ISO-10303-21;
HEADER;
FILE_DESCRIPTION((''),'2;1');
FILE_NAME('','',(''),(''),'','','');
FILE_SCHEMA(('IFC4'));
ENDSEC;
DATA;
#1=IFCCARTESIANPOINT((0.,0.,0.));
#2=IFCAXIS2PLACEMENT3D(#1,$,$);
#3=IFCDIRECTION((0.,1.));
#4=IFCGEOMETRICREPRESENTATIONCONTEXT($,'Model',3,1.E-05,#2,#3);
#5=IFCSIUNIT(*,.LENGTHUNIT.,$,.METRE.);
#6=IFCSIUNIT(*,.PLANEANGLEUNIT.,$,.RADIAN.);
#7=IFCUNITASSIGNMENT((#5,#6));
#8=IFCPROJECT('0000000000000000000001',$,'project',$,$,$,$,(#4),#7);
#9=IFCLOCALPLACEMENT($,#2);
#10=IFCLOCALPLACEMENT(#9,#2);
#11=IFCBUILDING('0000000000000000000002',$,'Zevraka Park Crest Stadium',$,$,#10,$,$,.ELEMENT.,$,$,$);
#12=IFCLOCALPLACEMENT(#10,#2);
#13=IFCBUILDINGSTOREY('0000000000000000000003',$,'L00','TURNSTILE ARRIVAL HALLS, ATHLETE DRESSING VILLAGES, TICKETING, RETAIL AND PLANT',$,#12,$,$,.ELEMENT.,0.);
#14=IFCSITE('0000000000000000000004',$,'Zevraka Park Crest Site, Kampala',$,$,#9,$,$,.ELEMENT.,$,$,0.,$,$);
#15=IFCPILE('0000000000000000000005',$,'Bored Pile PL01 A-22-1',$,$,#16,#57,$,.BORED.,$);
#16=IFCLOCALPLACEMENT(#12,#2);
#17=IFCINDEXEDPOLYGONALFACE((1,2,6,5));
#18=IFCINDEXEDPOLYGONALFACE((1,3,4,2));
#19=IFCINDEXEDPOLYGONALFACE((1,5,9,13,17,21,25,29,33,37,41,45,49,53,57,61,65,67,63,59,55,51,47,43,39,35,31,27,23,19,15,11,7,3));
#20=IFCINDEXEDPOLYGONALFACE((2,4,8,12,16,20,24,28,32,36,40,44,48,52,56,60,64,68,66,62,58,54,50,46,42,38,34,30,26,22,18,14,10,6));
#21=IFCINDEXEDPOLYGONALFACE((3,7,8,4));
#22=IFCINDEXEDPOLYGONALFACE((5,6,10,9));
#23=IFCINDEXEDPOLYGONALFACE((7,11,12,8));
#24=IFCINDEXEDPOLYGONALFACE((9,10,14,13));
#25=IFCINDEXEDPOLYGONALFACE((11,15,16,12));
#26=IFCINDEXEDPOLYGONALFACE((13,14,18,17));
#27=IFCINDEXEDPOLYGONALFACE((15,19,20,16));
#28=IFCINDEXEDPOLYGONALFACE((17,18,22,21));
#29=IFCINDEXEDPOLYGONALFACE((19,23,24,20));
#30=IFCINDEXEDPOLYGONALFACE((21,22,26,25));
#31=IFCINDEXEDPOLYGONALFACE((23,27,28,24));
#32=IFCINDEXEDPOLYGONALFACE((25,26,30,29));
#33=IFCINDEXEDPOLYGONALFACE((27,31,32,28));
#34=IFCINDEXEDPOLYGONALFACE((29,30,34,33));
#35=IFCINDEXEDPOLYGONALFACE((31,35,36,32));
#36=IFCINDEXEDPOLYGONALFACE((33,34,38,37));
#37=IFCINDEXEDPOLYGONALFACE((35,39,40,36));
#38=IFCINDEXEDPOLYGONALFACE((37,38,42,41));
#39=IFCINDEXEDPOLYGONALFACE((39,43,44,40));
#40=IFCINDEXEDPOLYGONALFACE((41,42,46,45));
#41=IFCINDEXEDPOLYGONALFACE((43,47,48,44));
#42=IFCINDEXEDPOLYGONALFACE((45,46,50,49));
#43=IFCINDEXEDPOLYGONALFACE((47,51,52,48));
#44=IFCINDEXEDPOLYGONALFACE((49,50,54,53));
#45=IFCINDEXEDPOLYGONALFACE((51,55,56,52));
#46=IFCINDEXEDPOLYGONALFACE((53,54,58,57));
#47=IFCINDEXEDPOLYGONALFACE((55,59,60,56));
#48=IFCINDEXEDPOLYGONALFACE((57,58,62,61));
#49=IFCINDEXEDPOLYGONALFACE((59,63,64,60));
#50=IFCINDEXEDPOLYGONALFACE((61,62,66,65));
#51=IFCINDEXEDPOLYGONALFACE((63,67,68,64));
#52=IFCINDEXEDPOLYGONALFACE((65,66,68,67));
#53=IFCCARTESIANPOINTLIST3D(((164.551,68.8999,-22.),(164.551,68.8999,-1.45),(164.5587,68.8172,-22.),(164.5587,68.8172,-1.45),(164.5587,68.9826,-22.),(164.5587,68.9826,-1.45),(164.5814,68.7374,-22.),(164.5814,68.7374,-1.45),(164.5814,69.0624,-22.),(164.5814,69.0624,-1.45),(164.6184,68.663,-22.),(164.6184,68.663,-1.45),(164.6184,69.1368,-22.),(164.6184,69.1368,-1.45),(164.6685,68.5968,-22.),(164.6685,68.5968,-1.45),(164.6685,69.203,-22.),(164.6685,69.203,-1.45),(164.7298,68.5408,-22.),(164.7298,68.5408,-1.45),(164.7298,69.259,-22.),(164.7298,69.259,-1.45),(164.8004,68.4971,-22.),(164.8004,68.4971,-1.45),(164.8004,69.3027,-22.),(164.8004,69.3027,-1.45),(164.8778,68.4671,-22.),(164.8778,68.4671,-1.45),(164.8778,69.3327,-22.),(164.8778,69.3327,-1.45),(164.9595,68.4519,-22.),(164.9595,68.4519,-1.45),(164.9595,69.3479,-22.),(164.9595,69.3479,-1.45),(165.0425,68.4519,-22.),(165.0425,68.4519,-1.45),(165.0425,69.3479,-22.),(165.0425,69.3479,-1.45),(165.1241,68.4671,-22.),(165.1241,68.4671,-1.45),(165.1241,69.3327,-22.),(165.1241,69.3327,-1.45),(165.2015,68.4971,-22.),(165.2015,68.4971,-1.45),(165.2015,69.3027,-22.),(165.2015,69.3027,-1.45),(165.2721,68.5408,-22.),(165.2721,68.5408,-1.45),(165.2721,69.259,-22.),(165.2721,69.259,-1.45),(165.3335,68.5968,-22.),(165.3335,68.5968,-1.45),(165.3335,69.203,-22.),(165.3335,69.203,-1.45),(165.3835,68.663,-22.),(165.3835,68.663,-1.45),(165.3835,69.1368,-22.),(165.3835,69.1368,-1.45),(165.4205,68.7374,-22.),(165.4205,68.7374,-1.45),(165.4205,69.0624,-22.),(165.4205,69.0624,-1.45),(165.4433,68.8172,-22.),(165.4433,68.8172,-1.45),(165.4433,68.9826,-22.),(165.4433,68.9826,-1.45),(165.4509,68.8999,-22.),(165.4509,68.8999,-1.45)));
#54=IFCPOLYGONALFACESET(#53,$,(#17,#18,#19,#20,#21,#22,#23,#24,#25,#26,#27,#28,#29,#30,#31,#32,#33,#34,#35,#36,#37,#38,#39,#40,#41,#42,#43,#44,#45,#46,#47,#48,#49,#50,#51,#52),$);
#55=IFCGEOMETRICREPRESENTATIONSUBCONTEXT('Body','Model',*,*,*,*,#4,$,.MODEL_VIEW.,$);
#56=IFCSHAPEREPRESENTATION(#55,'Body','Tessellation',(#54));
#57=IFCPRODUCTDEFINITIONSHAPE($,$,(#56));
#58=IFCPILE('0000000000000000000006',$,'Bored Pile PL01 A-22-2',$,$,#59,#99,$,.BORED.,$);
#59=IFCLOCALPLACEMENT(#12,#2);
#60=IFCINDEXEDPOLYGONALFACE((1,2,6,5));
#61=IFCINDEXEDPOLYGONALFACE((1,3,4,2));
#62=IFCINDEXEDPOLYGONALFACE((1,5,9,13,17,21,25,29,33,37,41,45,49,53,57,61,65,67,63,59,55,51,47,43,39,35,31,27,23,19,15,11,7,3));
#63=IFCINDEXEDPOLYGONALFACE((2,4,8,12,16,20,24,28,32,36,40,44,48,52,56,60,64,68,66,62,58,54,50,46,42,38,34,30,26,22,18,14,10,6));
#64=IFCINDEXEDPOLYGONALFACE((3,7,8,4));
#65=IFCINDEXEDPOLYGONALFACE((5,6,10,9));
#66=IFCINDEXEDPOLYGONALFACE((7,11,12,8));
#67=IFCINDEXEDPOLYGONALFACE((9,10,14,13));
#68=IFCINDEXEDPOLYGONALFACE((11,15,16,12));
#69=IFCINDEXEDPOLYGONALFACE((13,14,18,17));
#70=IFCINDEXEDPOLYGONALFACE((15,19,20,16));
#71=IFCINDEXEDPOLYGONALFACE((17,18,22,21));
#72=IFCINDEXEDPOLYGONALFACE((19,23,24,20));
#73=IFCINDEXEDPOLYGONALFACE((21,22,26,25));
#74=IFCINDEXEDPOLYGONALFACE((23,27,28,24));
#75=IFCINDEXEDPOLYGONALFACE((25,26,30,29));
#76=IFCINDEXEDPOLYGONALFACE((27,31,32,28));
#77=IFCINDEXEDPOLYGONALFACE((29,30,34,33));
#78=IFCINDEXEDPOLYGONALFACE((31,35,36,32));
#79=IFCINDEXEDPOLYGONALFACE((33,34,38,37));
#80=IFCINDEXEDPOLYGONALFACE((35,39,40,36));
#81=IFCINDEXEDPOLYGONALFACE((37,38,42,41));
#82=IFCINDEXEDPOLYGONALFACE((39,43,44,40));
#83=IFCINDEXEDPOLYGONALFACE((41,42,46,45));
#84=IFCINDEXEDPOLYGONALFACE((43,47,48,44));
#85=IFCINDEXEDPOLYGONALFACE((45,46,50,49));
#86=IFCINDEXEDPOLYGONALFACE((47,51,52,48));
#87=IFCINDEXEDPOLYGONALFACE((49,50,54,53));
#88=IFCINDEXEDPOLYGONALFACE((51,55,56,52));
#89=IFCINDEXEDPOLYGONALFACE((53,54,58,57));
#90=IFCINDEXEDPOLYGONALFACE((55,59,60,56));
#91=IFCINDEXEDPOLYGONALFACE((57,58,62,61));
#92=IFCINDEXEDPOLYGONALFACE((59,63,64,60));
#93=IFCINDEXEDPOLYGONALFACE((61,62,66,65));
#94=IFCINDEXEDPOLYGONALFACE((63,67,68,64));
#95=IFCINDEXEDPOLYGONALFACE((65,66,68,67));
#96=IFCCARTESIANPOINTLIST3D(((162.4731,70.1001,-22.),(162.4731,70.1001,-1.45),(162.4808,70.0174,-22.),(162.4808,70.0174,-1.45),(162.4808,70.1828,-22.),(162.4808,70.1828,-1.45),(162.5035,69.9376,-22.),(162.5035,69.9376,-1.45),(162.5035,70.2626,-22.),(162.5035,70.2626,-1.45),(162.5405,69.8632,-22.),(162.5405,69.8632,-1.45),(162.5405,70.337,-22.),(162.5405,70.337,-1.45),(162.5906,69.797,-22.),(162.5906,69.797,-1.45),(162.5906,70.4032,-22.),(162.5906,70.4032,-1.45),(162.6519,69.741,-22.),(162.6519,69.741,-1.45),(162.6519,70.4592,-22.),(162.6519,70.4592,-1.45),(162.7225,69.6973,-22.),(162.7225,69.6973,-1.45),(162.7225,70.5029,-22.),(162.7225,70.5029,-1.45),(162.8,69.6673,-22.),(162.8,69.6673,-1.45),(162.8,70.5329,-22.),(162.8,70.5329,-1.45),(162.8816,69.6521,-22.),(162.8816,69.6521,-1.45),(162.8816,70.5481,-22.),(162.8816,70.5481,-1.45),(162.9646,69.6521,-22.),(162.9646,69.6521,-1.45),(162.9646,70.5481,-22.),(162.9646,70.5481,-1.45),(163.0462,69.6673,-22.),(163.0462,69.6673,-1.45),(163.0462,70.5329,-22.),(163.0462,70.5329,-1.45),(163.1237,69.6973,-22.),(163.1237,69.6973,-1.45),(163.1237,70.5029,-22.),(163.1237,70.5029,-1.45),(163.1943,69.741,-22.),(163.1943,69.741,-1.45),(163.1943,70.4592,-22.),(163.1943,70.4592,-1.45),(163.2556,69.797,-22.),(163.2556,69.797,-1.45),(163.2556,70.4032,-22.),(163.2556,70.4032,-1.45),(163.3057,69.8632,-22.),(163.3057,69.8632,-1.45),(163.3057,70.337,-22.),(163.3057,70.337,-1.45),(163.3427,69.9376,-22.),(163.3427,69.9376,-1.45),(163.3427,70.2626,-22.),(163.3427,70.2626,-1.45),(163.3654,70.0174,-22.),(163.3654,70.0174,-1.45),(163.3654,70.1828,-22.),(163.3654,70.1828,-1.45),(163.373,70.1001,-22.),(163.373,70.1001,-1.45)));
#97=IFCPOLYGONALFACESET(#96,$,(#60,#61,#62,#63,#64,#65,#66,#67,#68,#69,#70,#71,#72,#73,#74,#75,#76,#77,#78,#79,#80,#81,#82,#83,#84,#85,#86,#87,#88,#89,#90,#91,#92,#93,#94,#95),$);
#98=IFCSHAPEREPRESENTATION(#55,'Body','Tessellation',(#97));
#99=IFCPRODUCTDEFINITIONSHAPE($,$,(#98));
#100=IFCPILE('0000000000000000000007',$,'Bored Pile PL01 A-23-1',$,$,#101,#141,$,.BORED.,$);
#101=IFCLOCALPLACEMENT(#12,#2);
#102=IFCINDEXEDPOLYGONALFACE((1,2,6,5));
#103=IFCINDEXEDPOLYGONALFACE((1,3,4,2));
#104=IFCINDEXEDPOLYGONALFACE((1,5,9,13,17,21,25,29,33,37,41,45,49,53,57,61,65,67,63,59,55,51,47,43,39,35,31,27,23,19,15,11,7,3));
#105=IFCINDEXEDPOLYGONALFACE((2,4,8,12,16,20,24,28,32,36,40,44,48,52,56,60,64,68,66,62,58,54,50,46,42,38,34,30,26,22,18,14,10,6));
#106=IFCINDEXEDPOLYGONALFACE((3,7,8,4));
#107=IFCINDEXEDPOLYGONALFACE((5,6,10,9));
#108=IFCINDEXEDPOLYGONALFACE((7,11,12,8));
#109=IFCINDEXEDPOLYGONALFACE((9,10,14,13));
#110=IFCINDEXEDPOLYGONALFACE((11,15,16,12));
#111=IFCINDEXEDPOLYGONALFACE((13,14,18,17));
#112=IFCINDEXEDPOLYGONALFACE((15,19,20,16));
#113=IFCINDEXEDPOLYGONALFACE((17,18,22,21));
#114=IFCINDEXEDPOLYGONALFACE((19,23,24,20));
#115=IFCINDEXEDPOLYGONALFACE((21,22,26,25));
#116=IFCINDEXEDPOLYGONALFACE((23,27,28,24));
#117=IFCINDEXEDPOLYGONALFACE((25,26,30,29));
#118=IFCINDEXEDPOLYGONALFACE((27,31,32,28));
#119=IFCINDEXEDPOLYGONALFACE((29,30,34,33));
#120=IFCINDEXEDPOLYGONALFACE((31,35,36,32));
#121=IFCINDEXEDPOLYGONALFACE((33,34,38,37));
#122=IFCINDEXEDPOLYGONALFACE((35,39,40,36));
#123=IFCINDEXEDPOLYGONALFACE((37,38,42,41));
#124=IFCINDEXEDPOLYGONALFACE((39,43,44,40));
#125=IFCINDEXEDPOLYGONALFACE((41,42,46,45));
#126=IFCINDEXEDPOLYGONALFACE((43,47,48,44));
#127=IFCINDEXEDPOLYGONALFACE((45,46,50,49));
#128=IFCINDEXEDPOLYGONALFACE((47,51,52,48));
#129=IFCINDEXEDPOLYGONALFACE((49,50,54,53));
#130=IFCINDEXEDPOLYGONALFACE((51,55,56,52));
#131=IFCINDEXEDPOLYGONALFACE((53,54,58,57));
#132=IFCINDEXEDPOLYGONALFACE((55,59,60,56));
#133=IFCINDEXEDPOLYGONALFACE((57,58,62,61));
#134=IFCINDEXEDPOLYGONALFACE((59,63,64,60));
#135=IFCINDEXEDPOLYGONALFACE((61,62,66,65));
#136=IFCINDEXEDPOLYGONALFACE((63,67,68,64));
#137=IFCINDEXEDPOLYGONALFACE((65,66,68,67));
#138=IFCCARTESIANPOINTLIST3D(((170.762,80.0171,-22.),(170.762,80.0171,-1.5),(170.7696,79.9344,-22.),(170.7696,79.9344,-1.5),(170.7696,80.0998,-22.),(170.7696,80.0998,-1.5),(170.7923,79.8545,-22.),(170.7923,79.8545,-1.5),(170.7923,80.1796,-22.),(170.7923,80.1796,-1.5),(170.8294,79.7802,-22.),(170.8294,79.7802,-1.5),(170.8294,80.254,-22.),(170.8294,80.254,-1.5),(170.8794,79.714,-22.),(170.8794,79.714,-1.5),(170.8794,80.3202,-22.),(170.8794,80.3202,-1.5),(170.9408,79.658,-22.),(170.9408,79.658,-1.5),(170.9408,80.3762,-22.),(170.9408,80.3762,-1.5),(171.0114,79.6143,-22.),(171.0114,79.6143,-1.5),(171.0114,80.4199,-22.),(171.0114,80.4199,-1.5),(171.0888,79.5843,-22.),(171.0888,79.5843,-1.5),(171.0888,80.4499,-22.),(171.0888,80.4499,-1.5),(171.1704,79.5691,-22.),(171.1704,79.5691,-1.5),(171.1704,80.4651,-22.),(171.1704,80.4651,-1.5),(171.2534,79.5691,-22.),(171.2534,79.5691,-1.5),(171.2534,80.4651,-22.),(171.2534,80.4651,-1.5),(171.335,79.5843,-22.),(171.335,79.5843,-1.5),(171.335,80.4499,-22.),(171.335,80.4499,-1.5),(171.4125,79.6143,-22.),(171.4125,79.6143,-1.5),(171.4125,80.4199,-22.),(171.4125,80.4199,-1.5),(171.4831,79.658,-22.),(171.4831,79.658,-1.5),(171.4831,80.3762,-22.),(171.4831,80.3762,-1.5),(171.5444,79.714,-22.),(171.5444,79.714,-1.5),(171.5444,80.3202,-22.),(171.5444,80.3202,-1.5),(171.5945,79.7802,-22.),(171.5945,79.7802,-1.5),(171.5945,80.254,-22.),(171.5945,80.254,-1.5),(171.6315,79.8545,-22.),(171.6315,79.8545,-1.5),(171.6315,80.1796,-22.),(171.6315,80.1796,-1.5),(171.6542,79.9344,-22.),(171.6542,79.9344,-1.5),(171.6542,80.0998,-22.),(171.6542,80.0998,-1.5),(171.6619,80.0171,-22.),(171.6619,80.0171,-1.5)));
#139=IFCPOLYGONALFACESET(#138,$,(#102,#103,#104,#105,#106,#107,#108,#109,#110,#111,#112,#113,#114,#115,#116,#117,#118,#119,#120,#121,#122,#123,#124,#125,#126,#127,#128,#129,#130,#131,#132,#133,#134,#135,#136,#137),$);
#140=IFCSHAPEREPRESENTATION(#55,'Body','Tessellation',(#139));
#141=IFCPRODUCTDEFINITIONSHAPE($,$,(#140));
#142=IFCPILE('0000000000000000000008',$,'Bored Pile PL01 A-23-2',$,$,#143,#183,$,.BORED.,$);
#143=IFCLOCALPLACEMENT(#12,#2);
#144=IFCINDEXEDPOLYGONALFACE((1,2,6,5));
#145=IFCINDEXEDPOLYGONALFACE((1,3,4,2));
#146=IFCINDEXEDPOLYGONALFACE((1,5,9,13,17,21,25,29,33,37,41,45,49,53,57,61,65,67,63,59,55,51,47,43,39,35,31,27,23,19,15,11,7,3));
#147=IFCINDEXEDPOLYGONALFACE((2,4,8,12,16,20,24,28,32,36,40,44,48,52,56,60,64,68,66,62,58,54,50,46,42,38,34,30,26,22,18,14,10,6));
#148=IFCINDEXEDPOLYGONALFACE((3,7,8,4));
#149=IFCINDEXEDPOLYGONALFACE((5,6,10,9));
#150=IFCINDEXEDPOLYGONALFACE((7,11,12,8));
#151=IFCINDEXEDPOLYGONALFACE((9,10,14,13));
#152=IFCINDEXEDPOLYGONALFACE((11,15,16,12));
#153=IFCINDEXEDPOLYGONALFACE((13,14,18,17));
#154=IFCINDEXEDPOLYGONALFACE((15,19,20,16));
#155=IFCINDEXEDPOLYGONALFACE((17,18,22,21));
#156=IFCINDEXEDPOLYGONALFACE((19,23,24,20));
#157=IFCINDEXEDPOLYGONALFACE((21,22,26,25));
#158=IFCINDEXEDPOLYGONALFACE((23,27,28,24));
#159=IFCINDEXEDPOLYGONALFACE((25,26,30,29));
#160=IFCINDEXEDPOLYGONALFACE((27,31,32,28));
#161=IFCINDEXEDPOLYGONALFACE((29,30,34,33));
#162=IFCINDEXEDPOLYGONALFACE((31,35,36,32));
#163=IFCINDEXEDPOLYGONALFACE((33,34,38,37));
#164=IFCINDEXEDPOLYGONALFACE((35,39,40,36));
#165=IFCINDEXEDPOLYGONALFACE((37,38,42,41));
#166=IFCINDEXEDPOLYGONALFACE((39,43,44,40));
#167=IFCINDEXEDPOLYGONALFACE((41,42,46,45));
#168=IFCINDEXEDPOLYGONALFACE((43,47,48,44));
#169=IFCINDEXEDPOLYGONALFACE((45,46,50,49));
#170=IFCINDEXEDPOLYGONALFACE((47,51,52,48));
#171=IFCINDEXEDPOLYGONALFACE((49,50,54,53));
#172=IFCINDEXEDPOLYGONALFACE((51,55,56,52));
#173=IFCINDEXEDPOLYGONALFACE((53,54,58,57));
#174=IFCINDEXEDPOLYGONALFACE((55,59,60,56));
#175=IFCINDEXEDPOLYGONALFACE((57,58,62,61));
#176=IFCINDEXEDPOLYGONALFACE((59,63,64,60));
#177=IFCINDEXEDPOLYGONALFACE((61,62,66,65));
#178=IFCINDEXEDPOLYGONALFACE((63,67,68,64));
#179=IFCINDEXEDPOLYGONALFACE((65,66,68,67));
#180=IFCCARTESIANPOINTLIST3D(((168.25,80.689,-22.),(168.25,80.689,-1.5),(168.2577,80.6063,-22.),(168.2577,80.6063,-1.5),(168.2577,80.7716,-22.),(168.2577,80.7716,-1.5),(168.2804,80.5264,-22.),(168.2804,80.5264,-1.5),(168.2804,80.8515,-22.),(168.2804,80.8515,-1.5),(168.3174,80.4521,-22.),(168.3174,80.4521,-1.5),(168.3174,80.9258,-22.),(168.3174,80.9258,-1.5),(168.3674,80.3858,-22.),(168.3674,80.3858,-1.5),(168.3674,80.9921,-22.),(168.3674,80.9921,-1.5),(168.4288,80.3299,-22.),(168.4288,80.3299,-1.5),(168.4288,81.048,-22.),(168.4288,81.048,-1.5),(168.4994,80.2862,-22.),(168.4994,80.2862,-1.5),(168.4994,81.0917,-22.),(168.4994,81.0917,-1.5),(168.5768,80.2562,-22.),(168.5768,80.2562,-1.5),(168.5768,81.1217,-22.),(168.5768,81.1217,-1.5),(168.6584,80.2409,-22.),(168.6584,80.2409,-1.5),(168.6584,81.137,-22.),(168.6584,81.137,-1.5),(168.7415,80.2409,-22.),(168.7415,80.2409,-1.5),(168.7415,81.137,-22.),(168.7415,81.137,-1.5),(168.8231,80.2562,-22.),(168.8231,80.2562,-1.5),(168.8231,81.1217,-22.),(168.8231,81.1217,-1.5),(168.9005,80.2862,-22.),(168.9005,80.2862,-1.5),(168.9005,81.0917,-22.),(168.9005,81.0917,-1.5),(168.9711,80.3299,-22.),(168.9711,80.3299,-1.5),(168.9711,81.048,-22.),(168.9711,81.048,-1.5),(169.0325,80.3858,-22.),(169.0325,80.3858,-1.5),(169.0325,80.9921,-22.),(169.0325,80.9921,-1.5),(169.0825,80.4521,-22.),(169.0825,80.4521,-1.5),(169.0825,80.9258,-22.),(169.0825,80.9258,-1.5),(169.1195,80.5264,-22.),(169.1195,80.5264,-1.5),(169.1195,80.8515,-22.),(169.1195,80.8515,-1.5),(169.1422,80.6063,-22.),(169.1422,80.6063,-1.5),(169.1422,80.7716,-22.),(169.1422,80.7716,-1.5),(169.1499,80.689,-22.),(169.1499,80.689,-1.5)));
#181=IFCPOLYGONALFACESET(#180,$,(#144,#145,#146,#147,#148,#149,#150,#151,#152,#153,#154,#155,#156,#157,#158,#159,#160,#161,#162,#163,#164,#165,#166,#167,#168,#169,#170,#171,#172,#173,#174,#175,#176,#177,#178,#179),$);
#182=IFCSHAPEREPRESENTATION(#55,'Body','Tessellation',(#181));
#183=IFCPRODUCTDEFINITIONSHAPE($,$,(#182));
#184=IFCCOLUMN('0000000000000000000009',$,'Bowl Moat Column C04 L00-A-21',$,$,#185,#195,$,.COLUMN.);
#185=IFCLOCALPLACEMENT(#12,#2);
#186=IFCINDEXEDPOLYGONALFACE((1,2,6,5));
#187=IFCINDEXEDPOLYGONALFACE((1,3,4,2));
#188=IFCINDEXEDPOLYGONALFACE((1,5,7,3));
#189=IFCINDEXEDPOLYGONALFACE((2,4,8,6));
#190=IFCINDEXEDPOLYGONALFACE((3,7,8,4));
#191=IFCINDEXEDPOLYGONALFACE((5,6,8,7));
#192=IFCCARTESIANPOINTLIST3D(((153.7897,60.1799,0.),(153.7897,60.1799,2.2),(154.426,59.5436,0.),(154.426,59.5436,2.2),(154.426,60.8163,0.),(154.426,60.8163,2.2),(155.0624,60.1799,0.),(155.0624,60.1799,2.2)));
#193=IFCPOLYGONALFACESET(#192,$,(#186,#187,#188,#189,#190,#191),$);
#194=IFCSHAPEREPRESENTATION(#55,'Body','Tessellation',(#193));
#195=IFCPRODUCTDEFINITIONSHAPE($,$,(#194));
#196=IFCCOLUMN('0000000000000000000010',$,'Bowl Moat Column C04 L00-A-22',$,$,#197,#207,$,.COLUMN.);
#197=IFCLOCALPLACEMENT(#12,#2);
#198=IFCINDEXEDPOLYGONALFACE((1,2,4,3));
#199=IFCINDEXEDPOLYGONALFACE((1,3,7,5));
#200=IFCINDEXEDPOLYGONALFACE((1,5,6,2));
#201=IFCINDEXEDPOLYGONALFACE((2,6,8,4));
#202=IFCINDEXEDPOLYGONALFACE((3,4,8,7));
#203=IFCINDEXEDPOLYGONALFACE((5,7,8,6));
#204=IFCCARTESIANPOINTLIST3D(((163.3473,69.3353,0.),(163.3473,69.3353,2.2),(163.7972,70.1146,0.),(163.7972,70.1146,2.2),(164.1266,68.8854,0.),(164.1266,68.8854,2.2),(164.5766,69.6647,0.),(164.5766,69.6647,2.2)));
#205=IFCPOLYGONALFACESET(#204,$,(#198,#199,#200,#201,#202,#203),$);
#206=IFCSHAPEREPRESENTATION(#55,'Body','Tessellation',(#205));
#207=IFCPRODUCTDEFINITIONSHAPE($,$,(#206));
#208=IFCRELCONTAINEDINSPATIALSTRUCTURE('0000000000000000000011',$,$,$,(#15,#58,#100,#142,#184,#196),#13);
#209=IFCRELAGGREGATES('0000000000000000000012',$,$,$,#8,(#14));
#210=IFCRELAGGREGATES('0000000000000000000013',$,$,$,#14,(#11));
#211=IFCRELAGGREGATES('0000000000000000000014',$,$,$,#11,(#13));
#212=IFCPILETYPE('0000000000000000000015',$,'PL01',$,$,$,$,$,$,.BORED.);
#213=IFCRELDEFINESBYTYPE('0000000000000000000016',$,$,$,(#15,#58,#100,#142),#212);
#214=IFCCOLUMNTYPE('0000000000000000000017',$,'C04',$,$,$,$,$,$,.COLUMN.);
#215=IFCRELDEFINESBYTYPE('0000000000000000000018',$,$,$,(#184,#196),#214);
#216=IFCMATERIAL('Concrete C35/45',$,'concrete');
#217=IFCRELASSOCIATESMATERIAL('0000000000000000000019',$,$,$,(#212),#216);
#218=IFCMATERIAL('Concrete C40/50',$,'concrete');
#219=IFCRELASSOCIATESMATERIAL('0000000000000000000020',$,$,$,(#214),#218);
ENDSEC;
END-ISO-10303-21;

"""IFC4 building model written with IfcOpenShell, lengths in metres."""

from ifc_helpers import new_model, si_unit, direction, frame, origin, origin_2d, place, context, subcontext, project, spatial, rectangle, circle, extrude, material, material_profile, profile_set, type_object, element, save


model = new_model("IFC4")

# Units and contexts
model_context = context("Model", 3, precision=1e-05, world=origin(), true_north=direction((0.0, 1.0)))
body_context = subcontext(model_context, "Body", "Model", "MODEL_VIEW")
ifc_project = project(units=[si_unit("LENGTHUNIT", "METRE"), si_unit("PLANEANGLEUNIT", "RADIAN")], contexts=[model_context])

# Site, building, storey
site_placement = place(None, origin())
site = spatial("IfcSite", under=ifc_project, at=site_placement, Name="Zevraka Park Crest Site, Kampala", CompositionType="ELEMENT", RefElevation=0.0)
building_placement = place(site_placement, origin())
building = spatial("IfcBuilding", under=site, at=building_placement, Name="Zevraka Park Crest Stadium", CompositionType="ELEMENT")
storey_placement = place(building_placement, origin())
storey = spatial("IfcBuildingStorey", under=building, at=storey_placement, Name="L00", Description="TURNSTILE ARRIVAL HALLS, ATHLETE DRESSING VILLAGES, TICKETING, RETAIL AND PLANT", CompositionType="ELEMENT", Elevation=0.0)

# Piles
ifc_material_1 = material(Name="Concrete C35/45", Category="concrete")
ifc_material_profile_1 = material_profile(ifc_material_1, circle(Radius=0.45, at=origin_2d()), Name="PILE D900")
ifc_profile_set_1 = profile_set([ifc_material_profile_1], Name="Concrete C35/45")
pile_type = type_object("IfcPileType", Name="PL01", PredefinedType="BORED", material=ifc_profile_set_1)
for number, where, z_axis, x_axis, name in (
    (1, (165.001, 68.8999, -1.45), (0.0, 0.0, -1.0), (1.0, 0.0, 0.0), "Bored Pile PL01 A-22-1"),
    (2, (162.9231, 70.1001, -1.45), (0.0, 0.0, -1.0), (1.0, 0.0, 0.0), "Bored Pile PL01 A-22-2"),
):
    element("IfcPile", number, at=place(storey_placement, frame(where, z_axis=z_axis, x_axis=x_axis)), inside=storey, type_object=pile_type, Name=name, PredefinedType="BORED", context=body_context, shape_type="SweptSolid", body=[
        extrude(circle(Radius=0.45, at=origin_2d()), origin(), (0.0, 0.0, 1.0), 20.55),
    ])
for number, where, z_axis, x_axis, name in (
    (3, (171.2119, 80.0171, -1.5), (0.0, 0.0, -1.0), (1.0, 0.0, 0.0), "Bored Pile PL01 A-23-1"),
    (4, (168.7, 80.689, -1.5), (0.0, 0.0, -1.0), (1.0, 0.0, 0.0), "Bored Pile PL01 A-23-2"),
):
    element("IfcPile", number, at=place(storey_placement, frame(where, z_axis=z_axis, x_axis=x_axis)), inside=storey, type_object=pile_type, Name=name, PredefinedType="BORED", context=body_context, shape_type="SweptSolid", body=[
        extrude(circle(Radius=0.45, at=origin_2d()), origin(), (0.0, 0.0, 1.0), 20.5),
    ])

# Columns
ifc_material_2 = material(Name="Concrete C40/50", Category="concrete")
ifc_material_profile_2 = material_profile(ifc_material_2, rectangle(XDim=0.8999, YDim=0.8999, at=origin_2d()), Name="RC 900x900")
ifc_profile_set_2 = profile_set([ifc_material_profile_2], Name="Concrete C40/50")
column_type = type_object("IfcColumnType", Name="C04", PredefinedType="COLUMN", material=ifc_profile_set_2)
for number, where, z_axis, x_axis, name in (
    (5, (154.426, 60.1799, 0.0), (0.0, 0.0, 1.0), (-0.707107, 0.707107, 0.0), "Bowl Moat Column C04 L00-A-21"),
    (6, (163.9619, 69.5, 0.0), (0.0, 0.0, 1.0), (-0.866025, 0.5, 0.0), "Bowl Moat Column C04 L00-A-22"),
):
    element("IfcColumn", number, at=place(storey_placement, frame(where, z_axis=z_axis, x_axis=x_axis)), inside=storey, type_object=column_type, Name=name, PredefinedType="COLUMN", context=body_context, shape_type="SweptSolid", body=[
        extrude(rectangle(XDim=0.8999, YDim=0.8999, at=origin_2d()), origin(), (0.0, 0.0, 1.0), 2.2),
    ])

save(model, "model.ifc")
